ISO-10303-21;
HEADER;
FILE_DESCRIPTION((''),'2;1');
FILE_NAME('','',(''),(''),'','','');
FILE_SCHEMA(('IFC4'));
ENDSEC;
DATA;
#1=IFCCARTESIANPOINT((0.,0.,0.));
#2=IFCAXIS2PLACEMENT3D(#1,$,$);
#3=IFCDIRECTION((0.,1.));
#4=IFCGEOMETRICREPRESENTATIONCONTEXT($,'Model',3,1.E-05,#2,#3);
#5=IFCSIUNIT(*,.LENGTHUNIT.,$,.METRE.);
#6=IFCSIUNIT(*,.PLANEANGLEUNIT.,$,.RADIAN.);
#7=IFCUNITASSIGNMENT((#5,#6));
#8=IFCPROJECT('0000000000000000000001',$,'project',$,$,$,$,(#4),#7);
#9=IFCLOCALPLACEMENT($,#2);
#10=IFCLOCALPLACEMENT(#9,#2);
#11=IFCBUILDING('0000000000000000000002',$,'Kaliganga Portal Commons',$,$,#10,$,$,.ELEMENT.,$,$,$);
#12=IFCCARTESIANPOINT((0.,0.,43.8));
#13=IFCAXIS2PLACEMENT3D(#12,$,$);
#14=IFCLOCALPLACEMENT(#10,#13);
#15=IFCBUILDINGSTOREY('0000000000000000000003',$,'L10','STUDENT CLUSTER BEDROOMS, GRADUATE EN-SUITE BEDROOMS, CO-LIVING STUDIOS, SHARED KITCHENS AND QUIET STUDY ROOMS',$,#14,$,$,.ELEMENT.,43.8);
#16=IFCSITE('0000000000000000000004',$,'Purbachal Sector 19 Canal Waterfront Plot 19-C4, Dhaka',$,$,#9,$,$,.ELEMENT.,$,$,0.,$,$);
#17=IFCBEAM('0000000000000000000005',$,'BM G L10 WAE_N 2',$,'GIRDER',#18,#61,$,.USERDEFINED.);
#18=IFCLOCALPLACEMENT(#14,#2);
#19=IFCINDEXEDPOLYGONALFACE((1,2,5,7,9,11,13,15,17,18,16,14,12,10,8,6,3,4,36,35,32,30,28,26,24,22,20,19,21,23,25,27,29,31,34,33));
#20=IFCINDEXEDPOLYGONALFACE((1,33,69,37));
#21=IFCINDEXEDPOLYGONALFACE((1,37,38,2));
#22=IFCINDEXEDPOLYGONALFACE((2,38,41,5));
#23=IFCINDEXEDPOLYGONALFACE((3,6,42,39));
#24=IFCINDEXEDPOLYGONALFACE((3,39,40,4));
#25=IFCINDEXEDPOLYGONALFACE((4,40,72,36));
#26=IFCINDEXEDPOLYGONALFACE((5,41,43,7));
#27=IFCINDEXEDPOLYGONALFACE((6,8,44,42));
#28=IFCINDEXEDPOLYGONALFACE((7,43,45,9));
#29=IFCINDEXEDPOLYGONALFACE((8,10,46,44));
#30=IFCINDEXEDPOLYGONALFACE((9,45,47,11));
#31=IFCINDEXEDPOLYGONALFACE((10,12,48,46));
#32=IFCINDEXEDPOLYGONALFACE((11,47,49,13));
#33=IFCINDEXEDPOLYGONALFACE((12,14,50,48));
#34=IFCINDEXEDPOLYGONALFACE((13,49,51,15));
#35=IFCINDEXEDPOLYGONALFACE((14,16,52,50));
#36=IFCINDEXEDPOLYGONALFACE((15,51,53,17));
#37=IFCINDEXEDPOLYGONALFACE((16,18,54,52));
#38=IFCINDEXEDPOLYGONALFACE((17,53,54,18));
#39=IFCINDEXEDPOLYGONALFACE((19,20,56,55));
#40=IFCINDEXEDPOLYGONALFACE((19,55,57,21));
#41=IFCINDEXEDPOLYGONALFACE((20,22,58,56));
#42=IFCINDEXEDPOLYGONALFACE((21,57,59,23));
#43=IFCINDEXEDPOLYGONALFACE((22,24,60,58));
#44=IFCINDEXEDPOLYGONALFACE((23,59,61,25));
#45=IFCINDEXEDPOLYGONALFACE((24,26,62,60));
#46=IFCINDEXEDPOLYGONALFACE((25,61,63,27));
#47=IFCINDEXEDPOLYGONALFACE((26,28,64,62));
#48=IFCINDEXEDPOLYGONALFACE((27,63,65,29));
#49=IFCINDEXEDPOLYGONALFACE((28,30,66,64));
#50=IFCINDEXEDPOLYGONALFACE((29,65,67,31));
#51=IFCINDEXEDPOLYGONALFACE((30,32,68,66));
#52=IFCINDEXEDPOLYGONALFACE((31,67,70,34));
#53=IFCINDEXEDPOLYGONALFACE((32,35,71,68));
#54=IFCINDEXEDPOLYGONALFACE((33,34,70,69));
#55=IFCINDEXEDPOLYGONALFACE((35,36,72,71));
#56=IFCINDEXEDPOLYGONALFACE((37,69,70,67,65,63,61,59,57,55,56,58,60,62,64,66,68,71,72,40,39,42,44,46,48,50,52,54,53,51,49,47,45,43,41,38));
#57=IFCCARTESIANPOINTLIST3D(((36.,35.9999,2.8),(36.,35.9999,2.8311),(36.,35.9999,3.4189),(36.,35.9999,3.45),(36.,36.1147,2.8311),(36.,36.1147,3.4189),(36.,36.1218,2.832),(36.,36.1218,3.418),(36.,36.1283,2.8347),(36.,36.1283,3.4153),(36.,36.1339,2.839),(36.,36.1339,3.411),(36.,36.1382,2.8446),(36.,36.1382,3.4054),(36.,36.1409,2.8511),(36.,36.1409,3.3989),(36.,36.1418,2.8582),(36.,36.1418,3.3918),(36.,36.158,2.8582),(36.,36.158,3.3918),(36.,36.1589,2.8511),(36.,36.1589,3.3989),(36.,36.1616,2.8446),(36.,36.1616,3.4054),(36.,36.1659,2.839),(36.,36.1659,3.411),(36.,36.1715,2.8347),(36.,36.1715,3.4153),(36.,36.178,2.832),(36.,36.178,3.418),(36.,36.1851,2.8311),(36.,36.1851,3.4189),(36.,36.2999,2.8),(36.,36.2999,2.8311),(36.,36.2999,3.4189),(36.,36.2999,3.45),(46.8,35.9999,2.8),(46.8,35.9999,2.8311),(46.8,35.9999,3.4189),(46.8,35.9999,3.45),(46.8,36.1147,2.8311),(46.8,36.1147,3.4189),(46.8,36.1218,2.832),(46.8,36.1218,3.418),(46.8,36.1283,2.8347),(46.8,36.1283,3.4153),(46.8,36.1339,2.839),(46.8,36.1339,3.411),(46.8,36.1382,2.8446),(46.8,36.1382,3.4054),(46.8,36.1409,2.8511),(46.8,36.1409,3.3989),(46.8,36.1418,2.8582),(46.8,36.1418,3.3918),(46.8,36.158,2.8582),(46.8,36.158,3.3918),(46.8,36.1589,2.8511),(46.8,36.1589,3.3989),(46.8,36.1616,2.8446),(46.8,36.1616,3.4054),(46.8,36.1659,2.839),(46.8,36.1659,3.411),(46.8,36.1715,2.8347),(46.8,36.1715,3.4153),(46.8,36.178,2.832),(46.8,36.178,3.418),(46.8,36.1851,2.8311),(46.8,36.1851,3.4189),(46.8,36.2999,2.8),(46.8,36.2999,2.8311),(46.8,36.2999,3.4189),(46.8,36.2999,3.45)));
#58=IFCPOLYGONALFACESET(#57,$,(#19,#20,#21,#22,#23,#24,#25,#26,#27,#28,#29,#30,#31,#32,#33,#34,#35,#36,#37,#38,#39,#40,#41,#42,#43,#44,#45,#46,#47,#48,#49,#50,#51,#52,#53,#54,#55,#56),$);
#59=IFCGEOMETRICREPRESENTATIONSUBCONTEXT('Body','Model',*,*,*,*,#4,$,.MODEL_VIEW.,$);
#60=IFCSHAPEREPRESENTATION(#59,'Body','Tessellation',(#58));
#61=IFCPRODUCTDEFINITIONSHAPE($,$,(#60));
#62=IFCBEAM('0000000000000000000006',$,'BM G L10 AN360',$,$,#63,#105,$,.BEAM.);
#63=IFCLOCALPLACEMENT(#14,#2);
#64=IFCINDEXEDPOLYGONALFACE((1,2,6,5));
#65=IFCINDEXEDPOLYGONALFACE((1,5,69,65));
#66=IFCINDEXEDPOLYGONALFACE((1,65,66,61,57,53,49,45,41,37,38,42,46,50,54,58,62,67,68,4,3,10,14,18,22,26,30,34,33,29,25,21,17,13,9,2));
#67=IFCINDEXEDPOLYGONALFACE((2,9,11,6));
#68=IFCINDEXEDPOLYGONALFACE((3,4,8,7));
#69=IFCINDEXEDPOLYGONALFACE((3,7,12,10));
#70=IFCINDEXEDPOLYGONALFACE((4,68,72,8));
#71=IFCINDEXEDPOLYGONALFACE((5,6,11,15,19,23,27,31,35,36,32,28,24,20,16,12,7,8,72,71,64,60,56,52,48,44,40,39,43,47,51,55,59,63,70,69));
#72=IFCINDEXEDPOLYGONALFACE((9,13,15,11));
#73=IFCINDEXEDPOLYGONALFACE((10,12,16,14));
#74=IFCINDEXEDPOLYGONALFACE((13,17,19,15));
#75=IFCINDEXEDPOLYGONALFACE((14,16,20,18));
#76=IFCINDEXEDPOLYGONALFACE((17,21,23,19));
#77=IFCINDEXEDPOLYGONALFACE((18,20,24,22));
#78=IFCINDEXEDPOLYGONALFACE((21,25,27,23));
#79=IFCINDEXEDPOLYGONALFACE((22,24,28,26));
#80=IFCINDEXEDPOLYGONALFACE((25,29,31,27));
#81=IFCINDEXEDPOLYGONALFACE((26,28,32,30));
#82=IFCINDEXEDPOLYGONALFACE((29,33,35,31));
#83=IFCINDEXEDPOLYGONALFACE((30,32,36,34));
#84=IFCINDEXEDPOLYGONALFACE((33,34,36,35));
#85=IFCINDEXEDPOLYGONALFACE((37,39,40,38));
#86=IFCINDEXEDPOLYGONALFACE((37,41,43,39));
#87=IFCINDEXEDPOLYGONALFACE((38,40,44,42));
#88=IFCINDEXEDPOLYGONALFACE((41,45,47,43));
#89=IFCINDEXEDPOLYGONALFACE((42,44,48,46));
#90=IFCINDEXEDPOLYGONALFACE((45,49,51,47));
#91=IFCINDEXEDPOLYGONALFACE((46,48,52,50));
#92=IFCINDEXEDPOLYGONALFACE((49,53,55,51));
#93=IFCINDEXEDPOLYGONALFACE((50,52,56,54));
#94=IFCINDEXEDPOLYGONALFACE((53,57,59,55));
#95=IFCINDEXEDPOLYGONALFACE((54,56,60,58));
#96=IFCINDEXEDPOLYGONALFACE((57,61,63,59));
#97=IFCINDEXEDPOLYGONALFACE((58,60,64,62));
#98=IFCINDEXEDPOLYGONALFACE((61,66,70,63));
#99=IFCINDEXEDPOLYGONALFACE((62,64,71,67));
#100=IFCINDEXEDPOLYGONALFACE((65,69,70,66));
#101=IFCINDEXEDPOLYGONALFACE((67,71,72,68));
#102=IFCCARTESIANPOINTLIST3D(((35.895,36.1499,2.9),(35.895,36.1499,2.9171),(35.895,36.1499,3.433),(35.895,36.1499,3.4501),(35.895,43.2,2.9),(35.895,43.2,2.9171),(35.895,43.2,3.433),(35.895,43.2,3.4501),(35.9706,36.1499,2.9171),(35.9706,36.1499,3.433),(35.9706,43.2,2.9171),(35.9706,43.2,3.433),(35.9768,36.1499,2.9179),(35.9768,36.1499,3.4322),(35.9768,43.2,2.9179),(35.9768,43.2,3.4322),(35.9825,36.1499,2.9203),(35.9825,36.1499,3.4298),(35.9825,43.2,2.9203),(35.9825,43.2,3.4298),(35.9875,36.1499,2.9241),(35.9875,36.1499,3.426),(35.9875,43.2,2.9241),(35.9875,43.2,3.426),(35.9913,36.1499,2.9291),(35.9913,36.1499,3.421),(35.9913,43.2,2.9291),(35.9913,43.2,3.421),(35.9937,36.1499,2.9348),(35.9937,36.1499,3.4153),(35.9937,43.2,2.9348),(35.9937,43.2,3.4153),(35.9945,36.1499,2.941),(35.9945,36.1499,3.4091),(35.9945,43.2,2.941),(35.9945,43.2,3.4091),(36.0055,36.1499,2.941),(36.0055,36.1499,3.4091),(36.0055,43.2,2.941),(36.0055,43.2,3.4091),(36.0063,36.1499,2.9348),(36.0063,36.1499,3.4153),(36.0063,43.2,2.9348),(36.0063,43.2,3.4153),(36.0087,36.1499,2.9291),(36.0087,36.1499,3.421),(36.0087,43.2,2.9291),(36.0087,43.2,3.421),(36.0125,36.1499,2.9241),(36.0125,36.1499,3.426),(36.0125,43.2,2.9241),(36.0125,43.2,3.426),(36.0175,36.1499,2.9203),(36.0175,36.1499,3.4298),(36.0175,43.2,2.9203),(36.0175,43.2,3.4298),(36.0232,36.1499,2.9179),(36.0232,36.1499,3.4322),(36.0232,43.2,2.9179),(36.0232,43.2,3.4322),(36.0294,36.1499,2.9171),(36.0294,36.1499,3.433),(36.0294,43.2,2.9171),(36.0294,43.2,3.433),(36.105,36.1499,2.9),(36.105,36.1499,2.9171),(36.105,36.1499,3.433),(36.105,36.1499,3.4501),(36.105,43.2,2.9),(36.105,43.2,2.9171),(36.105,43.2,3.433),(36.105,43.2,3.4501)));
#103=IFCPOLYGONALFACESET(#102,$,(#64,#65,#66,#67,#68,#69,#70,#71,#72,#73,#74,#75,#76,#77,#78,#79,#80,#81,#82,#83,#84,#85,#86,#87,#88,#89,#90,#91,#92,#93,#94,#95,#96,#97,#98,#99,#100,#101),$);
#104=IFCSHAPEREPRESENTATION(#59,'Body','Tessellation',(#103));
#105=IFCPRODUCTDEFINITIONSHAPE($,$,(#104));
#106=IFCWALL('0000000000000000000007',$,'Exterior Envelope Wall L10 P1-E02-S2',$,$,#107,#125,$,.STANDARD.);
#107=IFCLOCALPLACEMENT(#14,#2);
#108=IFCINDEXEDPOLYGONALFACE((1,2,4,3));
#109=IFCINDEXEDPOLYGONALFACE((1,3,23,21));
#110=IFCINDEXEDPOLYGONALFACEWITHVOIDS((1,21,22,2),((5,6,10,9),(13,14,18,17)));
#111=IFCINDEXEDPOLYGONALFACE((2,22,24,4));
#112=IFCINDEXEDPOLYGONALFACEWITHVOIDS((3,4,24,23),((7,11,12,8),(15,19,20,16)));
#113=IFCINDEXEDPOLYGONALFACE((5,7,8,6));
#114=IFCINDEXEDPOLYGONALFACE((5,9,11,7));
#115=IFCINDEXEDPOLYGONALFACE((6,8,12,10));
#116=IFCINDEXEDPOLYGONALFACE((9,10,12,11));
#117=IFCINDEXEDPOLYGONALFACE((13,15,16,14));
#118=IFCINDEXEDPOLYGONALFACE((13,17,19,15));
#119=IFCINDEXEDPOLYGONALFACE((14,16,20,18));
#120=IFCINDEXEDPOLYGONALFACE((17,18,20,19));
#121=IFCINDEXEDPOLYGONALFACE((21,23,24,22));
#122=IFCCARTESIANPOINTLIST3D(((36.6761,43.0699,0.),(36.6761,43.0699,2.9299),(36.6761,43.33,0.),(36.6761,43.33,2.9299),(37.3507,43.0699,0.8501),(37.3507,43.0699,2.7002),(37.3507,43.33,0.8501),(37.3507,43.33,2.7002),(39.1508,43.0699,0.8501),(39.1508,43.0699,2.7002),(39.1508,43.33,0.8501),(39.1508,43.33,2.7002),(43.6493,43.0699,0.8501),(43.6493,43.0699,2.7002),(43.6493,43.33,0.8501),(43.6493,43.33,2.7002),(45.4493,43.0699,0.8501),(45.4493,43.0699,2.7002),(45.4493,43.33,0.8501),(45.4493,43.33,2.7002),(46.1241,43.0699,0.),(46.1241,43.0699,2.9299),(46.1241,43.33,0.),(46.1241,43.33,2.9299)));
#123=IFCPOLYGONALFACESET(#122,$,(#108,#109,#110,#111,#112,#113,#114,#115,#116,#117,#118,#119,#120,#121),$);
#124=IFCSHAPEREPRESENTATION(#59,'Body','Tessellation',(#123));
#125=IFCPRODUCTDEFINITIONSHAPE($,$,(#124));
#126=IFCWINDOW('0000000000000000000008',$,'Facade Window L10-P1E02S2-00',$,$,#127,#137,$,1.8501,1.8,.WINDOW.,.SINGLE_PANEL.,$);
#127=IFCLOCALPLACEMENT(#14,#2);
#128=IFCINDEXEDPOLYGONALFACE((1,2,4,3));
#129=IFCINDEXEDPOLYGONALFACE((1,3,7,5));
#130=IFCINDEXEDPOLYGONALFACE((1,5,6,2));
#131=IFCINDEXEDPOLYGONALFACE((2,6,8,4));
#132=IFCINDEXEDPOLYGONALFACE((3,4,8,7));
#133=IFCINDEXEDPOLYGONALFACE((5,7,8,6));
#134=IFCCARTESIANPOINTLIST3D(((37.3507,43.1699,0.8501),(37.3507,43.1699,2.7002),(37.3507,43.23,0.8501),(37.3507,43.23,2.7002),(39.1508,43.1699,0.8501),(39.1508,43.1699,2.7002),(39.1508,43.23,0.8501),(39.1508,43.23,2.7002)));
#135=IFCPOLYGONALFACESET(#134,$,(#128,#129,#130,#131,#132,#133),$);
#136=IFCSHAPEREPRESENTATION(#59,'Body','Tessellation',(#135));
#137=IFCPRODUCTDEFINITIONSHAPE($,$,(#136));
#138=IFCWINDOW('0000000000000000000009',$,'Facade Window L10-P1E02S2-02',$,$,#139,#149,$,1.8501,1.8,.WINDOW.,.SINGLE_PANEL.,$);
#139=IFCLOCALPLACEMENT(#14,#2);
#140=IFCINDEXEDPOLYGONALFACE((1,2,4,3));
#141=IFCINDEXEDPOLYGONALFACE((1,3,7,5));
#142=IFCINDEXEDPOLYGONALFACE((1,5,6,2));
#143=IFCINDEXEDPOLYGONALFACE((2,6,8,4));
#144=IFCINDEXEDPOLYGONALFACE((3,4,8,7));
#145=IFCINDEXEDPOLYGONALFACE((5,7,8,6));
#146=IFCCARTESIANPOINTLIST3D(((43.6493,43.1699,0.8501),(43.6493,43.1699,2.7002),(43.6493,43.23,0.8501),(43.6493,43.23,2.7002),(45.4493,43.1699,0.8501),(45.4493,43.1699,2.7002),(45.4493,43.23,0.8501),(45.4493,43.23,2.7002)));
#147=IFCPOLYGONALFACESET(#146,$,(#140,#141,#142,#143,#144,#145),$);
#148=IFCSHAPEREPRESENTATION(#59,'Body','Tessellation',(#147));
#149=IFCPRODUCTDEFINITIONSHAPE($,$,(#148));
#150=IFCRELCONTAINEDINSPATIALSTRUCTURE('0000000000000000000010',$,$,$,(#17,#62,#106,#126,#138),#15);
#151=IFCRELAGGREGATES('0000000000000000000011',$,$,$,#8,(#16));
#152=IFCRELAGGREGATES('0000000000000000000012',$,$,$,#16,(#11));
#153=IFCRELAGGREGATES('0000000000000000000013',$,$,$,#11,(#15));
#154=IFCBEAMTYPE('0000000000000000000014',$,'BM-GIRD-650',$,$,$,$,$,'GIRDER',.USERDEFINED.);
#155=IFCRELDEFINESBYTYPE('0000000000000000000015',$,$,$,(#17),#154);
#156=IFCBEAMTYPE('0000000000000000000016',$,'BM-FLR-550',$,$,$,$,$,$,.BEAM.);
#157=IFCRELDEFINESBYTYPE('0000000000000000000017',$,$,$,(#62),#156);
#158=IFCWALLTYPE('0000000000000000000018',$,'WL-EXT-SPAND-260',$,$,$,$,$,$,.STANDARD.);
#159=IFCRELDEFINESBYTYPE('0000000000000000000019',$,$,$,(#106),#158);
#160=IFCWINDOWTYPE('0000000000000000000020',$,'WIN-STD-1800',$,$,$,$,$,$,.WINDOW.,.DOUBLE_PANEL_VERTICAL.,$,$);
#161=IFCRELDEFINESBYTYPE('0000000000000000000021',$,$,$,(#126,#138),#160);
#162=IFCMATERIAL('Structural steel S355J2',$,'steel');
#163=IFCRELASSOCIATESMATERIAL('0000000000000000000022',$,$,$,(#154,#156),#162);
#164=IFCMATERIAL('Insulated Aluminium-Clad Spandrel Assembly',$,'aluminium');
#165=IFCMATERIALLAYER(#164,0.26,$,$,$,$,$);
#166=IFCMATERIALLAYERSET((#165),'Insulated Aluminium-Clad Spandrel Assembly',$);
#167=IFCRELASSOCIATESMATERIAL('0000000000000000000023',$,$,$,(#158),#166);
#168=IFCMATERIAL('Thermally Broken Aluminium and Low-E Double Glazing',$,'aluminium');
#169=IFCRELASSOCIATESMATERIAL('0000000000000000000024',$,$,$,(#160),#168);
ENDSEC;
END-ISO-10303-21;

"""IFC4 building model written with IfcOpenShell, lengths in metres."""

from ifc_helpers import new_model, si_unit, direction, frame, frame_2d, origin, origin_2d, place, context, subcontext, project, spatial, rectangle, i_section, extrude, source, transform, mapped, material, layer, layer_set, material_profile, profile_set, type_object, element, fill, save


model = new_model("IFC4")

# Units and contexts
model_context = context("Model", 3, precision=1e-05, world=origin(), true_north=direction((0.0, 1.0)))
body_context = subcontext(model_context, "Body", "Model", "MODEL_VIEW")
ifc_project = project(units=[si_unit("LENGTHUNIT", "METRE"), si_unit("PLANEANGLEUNIT", "RADIAN")], contexts=[model_context])

# Site, building, storey
site_placement = place(None, origin())
site = spatial("IfcSite", under=ifc_project, at=site_placement, Name="Purbachal Sector 19 Canal Waterfront Plot 19-C4, Dhaka", CompositionType="ELEMENT", RefElevation=0.0)
building_placement = place(site_placement, origin())
building = spatial("IfcBuilding", under=site, at=building_placement, Name="Kaliganga Portal Commons", CompositionType="ELEMENT")
storey_placement = place(building_placement, frame((0.0, 0.0, 43.8)))
storey = spatial("IfcBuildingStorey", under=building, at=storey_placement, Name="L10", Description="STUDENT CLUSTER BEDROOMS, GRADUATE EN-SUITE BEDROOMS, CO-LIVING STUDIOS, SHARED KITCHENS AND QUIET STUDY ROOMS", CompositionType="ELEMENT", Elevation=43.8)

# Beams
ifc_material_1 = material(Name="Structural steel S355J2", Category="steel")
ifc_material_profile_1 = material_profile(ifc_material_1, i_section(OverallWidth=0.3, OverallDepth=0.6499, WebThickness=0.0161, FlangeThickness=0.031, FilletRadius=0.0271, at=origin_2d()), Name="HE 650 B")
ifc_profile_set_1 = profile_set([ifc_material_profile_1], Name="Structural steel S355J2 wide-flange")
beam_type_1 = type_object("IfcBeamType", Name="BM-GIRD-650", ElementType="GIRDER", PredefinedType="USERDEFINED", material=ifc_profile_set_1)
shared_shape_1 = source(origin(), body_context, "Body", "SweptSolid", [
    extrude(i_section(OverallWidth=0.3, OverallDepth=0.6499, WebThickness=0.0161, FlangeThickness=0.031, FilletRadius=0.0271, at=origin_2d()), origin(), (0.0, 0.0, 1.0), 10.8),
])
beam_1_placement = place(storey_placement, frame((36.0, 36.1499, 3.125), z_axis=(1.0, 0.0, 0.0), x_axis=(0.0, 1.0, 0.0)))
element("IfcBeam", 1, at=beam_1_placement, inside=storey, type_object=beam_type_1, Name="BM G L10 WAE_N 2", ObjectType="GIRDER", PredefinedType="USERDEFINED", context=body_context, shape_type="MappedRepresentation", body=[
    mapped(shared_shape_1, transform((0.0, 0.0, 0.0), x_axis=(1.0, 0.0, 0.0), y_axis=(0.0, 1.0, 0.0), z_axis=(0.0, 0.0, 1.0), scale=1.0)),
])
ifc_material_profile_2 = material_profile(ifc_material_1, i_section(OverallWidth=0.21, OverallDepth=0.55, WebThickness=0.011, FlangeThickness=0.0171, FilletRadius=0.0239, at=origin_2d()), Name="IPE 550")
ifc_profile_set_2 = profile_set([ifc_material_profile_2], Name="Structural steel S355J2 wide-flange")
beam_type_2 = type_object("IfcBeamType", Name="BM-FLR-550", PredefinedType="BEAM", material=ifc_profile_set_2)
shared_shape_2 = source(origin(), body_context, "Body", "SweptSolid", [
    extrude(i_section(OverallWidth=0.21, OverallDepth=0.55, WebThickness=0.011, FlangeThickness=0.0171, FilletRadius=0.0239, at=origin_2d()), origin(), (0.0, 0.0, 1.0), 7.05),
])
beam_2_placement = place(storey_placement, frame((36.0, 36.1499, 3.175), z_axis=(0.0, 1.0, 0.0), x_axis=(-1.0, 0.0, 0.0)))
element("IfcBeam", 2, at=beam_2_placement, inside=storey, type_object=beam_type_2, Name="BM G L10 AN360", PredefinedType="BEAM", context=body_context, shape_type="MappedRepresentation", body=[
    mapped(shared_shape_2, transform((0.0, 0.0, 0.0), x_axis=(1.0, 0.0, 0.0), y_axis=(0.0, 1.0, 0.0), z_axis=(0.0, 0.0, 1.0), scale=1.0)),
])

# Wall, openings, windows
ifc_material_2 = material(Name="Insulated Aluminium-Clad Spandrel Assembly", Category="aluminium")
ifc_layer_1 = layer(ifc_material_2, 0.26)
ifc_layer_set_1 = layer_set([ifc_layer_1], Name="Insulated Aluminium-Clad Spandrel Assembly")
wall_type_1 = type_object("IfcWallType", Name="WL-EXT-SPAND-260", PredefinedType="STANDARD", material=ifc_layer_set_1)
wall_1_placement = place(storey_placement, frame((36.676, 43.2, 0.0), z_axis=(0.0, 0.0, 1.0), x_axis=(1.0, 0.0, 0.0)))
wall_1 = element("IfcWall", 3, at=wall_1_placement, inside=storey, type_object=wall_type_1, Name="Exterior Envelope Wall L10 P1-E02-S2", PredefinedType="STANDARD", context=body_context, shape_type="SweptSolid", body=[
    extrude(rectangle(XDim=9.448, YDim=0.26, at=frame_2d((4.7241, 0.0))), origin(), (0.0, 0.0, 1.0), 2.9299),
])
opening_1_placement = place(wall_1_placement, frame((0.6748, 0.0, 0.8501)))
opening_1 = element("IfcOpeningElement", 4, at=opening_1_placement, cuts=wall_1, PredefinedType="OPENING", context=body_context, shape_type="SweptSolid", body=[
    extrude(rectangle(XDim=1.8, YDim=1.8501, at=frame_2d((0.8999, 0.925))), frame((0.0, 0.1401, 0.0), z_axis=(0.0, -1.0, 0.0), x_axis=(1.0, 0.0, 0.0)), (0.0, 0.0, 1.0), 0.28),
])
opening_2_placement = place(wall_1_placement, frame((6.9734, 0.0, 0.8501)))
opening_2 = element("IfcOpeningElement", 5, at=opening_2_placement, cuts=wall_1, PredefinedType="OPENING", context=body_context, shape_type="SweptSolid", body=[
    extrude(rectangle(XDim=1.8, YDim=1.8501, at=frame_2d((0.8999, 0.925))), frame((0.0, 0.1401, 0.0), z_axis=(0.0, -1.0, 0.0), x_axis=(1.0, 0.0, 0.0)), (0.0, 0.0, 1.0), 0.28),
])
ifc_material_3 = material(Name="Thermally Broken Aluminium and Low-E Double Glazing", Category="aluminium")
window_type_1 = type_object("IfcWindowType", Name="WIN-STD-1800", PartitioningType="DOUBLE_PANEL_VERTICAL", PredefinedType="WINDOW", material=ifc_material_3)
window_1_placement = place(opening_1_placement, origin())
window_1 = element("IfcWindow", 6, at=window_1_placement, inside=storey, type_object=window_type_1, Name="Facade Window L10-P1E02S2-00", OverallHeight=1.8501, OverallWidth=1.8, PartitioningType="SINGLE_PANEL", PredefinedType="WINDOW", context=body_context, shape_type="SweptSolid", body=[
    extrude(rectangle(XDim=1.8, YDim=1.8501, at=frame_2d((0.8999, 0.925))), frame((0.0, 0.03, 0.0), z_axis=(0.0, -1.0, 0.0), x_axis=(1.0, 0.0, 0.0)), (0.0, 0.0, 1.0), 0.0601),
])
fill(opening_1, window_1)
window_2_placement = place(opening_2_placement, origin())
window_2 = element("IfcWindow", 7, at=window_2_placement, inside=storey, type_object=window_type_1, Name="Facade Window L10-P1E02S2-02", OverallHeight=1.8501, OverallWidth=1.8, PartitioningType="SINGLE_PANEL", PredefinedType="WINDOW", context=body_context, shape_type="SweptSolid", body=[
    extrude(rectangle(XDim=1.8, YDim=1.8501, at=frame_2d((0.8999, 0.925))), frame((0.0, 0.03, 0.0), z_axis=(0.0, -1.0, 0.0), x_axis=(1.0, 0.0, 0.0)), (0.0, 0.0, 1.0), 0.0601),
])
fill(opening_2, window_2)

save(model, "model.ifc")
